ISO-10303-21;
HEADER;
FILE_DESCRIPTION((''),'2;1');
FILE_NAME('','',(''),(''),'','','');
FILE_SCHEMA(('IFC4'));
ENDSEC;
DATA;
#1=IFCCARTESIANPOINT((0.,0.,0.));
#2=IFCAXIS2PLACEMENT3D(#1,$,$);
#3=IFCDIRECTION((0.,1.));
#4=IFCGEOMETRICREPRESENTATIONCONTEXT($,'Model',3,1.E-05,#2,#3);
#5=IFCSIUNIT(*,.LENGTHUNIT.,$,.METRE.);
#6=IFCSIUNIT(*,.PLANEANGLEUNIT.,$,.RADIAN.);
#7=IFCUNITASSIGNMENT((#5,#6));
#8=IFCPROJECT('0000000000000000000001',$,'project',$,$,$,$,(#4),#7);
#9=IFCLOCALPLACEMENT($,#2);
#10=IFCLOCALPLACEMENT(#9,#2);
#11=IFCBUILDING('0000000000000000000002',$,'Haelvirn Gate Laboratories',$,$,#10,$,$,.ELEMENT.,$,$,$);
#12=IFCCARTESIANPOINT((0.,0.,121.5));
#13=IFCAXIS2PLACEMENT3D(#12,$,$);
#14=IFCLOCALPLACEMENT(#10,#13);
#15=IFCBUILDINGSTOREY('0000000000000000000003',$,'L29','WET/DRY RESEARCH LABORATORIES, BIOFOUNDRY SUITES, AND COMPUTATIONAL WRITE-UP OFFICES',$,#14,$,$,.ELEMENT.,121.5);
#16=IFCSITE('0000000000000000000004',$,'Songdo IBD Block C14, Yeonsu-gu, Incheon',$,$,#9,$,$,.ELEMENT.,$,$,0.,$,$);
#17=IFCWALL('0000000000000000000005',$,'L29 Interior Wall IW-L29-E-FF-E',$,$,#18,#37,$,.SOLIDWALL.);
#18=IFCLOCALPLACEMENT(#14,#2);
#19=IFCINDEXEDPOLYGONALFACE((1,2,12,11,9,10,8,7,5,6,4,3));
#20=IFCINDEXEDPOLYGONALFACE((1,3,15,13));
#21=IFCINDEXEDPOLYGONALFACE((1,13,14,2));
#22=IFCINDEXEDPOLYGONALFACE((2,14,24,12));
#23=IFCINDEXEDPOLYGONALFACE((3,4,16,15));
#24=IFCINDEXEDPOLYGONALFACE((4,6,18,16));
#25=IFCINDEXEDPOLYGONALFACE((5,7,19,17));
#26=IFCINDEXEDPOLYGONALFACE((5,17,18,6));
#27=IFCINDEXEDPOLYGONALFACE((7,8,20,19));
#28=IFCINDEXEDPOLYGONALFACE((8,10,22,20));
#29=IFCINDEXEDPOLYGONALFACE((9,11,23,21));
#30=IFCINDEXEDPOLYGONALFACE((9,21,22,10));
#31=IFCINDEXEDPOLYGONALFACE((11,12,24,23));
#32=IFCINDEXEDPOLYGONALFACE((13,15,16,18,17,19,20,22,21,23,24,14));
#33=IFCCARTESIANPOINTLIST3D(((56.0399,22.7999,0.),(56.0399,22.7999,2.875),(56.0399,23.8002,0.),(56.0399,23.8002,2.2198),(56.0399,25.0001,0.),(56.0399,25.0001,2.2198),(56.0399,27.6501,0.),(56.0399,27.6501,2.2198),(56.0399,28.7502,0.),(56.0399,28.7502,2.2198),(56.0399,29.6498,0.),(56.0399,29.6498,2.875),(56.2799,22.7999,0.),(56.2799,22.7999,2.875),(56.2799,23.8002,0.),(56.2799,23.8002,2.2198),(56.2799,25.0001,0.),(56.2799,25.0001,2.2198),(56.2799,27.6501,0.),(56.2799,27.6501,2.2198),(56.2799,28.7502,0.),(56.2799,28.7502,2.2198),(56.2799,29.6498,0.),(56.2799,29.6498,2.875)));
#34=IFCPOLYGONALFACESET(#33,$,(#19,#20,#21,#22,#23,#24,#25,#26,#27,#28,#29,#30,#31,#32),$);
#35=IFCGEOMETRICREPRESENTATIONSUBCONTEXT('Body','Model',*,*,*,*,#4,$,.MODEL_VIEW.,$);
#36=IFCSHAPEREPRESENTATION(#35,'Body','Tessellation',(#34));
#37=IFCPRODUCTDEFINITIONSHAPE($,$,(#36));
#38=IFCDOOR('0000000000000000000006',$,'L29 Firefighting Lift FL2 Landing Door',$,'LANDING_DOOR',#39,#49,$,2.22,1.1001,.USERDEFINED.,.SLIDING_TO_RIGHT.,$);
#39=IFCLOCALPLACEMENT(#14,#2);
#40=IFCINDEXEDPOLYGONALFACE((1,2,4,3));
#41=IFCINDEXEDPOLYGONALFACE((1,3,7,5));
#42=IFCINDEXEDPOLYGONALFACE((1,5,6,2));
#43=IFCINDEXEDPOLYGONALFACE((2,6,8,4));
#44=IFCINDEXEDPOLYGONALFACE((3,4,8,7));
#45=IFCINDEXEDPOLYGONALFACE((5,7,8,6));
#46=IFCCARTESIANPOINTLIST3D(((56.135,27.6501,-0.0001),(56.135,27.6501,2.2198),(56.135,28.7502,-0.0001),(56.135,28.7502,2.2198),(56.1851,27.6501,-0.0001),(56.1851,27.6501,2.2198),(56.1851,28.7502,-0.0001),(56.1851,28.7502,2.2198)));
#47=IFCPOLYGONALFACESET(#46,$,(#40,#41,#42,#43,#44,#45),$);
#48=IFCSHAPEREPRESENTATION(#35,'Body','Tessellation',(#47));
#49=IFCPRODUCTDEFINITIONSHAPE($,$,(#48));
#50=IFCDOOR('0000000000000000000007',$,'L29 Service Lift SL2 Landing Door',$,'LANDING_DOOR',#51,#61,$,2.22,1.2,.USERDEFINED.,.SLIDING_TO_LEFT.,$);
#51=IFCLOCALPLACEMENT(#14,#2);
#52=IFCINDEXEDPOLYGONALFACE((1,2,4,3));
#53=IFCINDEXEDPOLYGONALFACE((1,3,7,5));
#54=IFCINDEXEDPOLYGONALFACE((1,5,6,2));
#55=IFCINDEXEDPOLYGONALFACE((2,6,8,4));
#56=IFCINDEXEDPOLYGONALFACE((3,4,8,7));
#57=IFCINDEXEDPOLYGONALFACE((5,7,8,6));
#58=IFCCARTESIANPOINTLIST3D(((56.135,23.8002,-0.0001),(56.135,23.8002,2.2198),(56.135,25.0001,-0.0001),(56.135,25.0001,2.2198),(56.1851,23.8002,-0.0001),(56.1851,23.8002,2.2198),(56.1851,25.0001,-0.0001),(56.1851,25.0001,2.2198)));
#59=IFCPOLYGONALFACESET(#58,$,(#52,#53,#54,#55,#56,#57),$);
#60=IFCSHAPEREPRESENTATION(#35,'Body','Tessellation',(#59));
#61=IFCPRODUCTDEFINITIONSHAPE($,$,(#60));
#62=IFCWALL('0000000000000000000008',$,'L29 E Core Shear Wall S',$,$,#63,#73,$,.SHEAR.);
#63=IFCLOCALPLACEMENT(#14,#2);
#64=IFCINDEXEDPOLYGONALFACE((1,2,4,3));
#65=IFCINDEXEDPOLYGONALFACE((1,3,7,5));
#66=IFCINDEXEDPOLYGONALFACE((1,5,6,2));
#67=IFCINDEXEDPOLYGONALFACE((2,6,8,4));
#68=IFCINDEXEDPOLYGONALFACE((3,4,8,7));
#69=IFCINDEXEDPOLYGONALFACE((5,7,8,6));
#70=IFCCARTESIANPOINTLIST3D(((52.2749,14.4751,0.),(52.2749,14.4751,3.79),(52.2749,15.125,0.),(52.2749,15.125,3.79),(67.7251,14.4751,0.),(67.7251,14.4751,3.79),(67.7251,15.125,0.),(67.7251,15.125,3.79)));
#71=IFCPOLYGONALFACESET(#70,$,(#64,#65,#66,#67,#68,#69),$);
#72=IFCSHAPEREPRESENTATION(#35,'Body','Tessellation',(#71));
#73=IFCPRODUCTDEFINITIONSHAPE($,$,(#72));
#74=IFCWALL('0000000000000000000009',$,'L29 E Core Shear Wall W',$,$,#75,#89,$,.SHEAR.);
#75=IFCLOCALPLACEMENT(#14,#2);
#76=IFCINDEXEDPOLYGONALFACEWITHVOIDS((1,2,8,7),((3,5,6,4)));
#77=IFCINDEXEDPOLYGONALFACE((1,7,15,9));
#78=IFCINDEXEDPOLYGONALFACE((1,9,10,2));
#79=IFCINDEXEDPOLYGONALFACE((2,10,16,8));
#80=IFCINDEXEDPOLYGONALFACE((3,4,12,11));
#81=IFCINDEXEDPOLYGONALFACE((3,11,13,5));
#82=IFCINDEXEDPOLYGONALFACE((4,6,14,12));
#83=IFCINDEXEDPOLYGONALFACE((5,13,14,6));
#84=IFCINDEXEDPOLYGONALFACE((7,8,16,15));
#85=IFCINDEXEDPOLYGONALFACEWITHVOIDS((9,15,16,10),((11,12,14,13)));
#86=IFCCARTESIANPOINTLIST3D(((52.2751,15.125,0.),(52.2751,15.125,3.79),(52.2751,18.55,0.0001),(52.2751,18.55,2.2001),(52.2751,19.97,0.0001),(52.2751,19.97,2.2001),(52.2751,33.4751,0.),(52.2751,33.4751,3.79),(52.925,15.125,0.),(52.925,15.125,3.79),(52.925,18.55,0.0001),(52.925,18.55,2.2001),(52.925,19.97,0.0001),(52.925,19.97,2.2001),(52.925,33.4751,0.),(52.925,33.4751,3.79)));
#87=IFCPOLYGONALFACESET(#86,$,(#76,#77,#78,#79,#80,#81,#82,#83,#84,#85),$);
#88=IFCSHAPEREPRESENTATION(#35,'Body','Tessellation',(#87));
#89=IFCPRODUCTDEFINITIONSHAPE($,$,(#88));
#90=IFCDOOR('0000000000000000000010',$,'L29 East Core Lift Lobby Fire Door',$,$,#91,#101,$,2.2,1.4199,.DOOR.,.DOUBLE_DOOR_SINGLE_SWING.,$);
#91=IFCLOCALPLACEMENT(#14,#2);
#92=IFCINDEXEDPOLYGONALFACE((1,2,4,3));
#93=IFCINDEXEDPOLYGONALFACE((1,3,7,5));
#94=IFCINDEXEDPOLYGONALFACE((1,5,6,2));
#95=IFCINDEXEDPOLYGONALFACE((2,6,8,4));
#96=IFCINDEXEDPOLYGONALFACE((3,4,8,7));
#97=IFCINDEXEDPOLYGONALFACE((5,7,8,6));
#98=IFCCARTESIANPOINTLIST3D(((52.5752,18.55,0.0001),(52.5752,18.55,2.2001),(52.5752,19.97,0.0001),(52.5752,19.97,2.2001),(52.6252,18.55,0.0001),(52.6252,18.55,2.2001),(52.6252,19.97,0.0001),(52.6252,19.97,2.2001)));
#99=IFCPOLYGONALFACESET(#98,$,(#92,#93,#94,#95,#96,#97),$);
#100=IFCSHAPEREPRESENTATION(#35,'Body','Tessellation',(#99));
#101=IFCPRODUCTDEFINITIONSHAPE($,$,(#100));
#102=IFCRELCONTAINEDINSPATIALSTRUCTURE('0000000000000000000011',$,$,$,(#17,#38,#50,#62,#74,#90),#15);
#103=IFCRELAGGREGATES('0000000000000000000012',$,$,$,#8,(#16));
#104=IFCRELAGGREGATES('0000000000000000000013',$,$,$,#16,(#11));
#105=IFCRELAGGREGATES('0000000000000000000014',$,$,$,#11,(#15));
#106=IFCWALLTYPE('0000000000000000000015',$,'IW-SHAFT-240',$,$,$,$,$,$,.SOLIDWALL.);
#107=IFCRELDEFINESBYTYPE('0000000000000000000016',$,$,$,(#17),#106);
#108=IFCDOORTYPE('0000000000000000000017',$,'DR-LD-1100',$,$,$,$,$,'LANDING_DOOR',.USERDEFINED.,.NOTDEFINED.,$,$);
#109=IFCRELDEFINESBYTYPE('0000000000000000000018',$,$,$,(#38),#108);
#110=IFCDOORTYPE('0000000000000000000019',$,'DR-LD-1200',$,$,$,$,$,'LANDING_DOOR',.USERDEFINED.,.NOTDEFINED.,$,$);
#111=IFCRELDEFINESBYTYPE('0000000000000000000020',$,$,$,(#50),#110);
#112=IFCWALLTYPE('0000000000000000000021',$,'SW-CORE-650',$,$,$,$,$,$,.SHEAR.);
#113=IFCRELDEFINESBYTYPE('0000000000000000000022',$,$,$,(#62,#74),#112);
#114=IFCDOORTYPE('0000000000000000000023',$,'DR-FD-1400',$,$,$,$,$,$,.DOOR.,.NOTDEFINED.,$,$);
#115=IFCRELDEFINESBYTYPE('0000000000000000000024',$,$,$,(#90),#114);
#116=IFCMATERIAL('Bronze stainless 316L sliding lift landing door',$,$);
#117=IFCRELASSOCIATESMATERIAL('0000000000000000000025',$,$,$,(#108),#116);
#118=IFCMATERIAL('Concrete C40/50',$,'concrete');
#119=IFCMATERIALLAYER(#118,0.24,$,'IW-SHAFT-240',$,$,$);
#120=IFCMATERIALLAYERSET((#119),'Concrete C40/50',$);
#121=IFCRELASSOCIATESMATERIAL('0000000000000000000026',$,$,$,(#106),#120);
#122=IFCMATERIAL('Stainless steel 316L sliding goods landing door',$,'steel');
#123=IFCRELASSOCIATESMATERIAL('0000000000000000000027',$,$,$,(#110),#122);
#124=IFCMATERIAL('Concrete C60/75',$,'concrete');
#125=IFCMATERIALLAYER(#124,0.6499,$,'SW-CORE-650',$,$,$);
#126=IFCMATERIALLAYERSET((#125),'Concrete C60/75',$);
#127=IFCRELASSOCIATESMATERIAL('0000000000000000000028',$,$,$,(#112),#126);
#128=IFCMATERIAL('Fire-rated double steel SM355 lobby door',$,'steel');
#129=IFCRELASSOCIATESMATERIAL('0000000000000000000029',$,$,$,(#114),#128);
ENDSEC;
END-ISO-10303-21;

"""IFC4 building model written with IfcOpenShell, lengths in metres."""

from ifc_helpers import new_model, si_unit, direction, frame, frame_2d, origin, place, context, subcontext, project, spatial, rectangle, extrude, source, transform, mapped, material, layer, layer_set, type_object, type_shapes, element, fill, save


model = new_model("IFC4")

# Units and contexts
model_context = context("Model", 3, precision=1e-05, world=origin(), true_north=direction((0.0, 1.0)))
body_context = subcontext(model_context, "Body", "Model", "MODEL_VIEW")
ifc_project = project(units=[si_unit("LENGTHUNIT", "METRE"), si_unit("PLANEANGLEUNIT", "RADIAN")], contexts=[model_context])

# Site, building, storey
site_placement = place(None, origin())
site = spatial("IfcSite", under=ifc_project, at=site_placement, Name="Songdo IBD Block C14, Yeonsu-gu, Incheon", CompositionType="ELEMENT", RefElevation=0.0)
building_placement = place(site_placement, origin())
building = spatial("IfcBuilding", under=site, at=building_placement, Name="Haelvirn Gate Laboratories", CompositionType="ELEMENT")
storey_placement = place(building_placement, frame((0.0, 0.0, 121.5)))
storey = spatial("IfcBuildingStorey", under=building, at=storey_placement, Name="L29", Description="WET/DRY RESEARCH LABORATORIES, BIOFOUNDRY SUITES, AND COMPUTATIONAL WRITE-UP OFFICES", CompositionType="ELEMENT", Elevation=121.5)

# Shared definitions
ifc_material_1 = material(Name="Concrete C60/75", Category="concrete")

# Shared definitions
ifc_material_2 = material(Name="Concrete C40/50", Category="concrete")

# Shared definitions
ifc_material_3 = material(Name="Bronze stainless 316L sliding lift landing door")
door_type_1 = type_object("IfcDoorType", Name="DR-LD-1100", ElementType="LANDING_DOOR", OperationType="NOTDEFINED", PredefinedType="USERDEFINED", material=ifc_material_3)
shared_shape_1 = source(origin(), body_context, "Body", "SweptSolid", [
    extrude(rectangle(XDim=1.1001, YDim=2.22, at=frame_2d((0.55, 1.1099))), frame((0.0, 0.0249, 0.0), z_axis=(0.0, -1.0, 0.0), x_axis=(1.0, 0.0, 0.0)), (0.0, 0.0, 1.0), 0.05),
])
type_shapes(door_type_1, [shared_shape_1])

# Wall, openings, doors
ifc_layer_1 = layer(ifc_material_2, 0.24, Name="IW-SHAFT-240")
ifc_layer_set_1 = layer_set([ifc_layer_1], Name="Concrete C40/50")
wall_type_1 = type_object("IfcWallType", Name="IW-SHAFT-240", PredefinedType="SOLIDWALL", material=ifc_layer_set_1)
wall_1_placement = place(storey_placement, frame((56.1599, 22.8, 0.0), z_axis=(0.0, 0.0, 1.0), x_axis=(0.0, 1.0, 0.0)))
wall_1 = element("IfcWall", 1, at=wall_1_placement, inside=storey, type_object=wall_type_1, Name="L29 Interior Wall IW-L29-E-FF-E", PredefinedType="SOLIDWALL", context=body_context, shape_type="SweptSolid", body=[
    extrude(rectangle(XDim=6.8499, YDim=0.24, at=frame_2d((3.4248, 0.0))), origin(), (0.0, 0.0, 1.0), 2.875),
])
opening_1_placement = place(wall_1_placement, frame((4.8501, 0.0, 0.0)))
opening_1 = element("IfcOpeningElement", 2, at=opening_1_placement, cuts=wall_1, PredefinedType="OPENING", context=body_context, shape_type="SweptSolid", body=[
    extrude(rectangle(XDim=1.1001, YDim=2.22, at=frame_2d((0.55, 1.1099))), frame((0.0, 0.1299, 0.0), z_axis=(0.0, -1.0, 0.0), x_axis=(1.0, 0.0, 0.0)), (0.0, 0.0, 1.0), 0.26),
])
opening_2_placement = place(wall_1_placement, frame((1.0, 0.0, 0.0)))
opening_2 = element("IfcOpeningElement", 3, at=opening_2_placement, cuts=wall_1, PredefinedType="OPENING", context=body_context, shape_type="SweptSolid", body=[
    extrude(rectangle(XDim=1.2, YDim=2.22, at=frame_2d((0.6001, 1.1099))), frame((0.0, 0.1299, 0.0), z_axis=(0.0, -1.0, 0.0), x_axis=(1.0, 0.0, 0.0)), (0.0, 0.0, 1.0), 0.26),
])
door_1_placement = place(opening_1_placement, origin())
door_1 = element("IfcDoor", 4, at=door_1_placement, inside=storey, type_object=door_type_1, Name="L29 Firefighting Lift FL2 Landing Door", ObjectType="LANDING_DOOR", OperationType="SLIDING_TO_RIGHT", OverallHeight=2.22, OverallWidth=1.1001, PredefinedType="USERDEFINED", context=body_context, shape_type="MappedRepresentation", body=[
    mapped(shared_shape_1, transform((0.0, 0.0, 0.0), scale=1.0)),
])
fill(opening_1, door_1)
ifc_material_4 = material(Name="Stainless steel 316L sliding goods landing door", Category="steel")
door_type_2 = type_object("IfcDoorType", Name="DR-LD-1200", ElementType="LANDING_DOOR", OperationType="NOTDEFINED", PredefinedType="USERDEFINED", material=ifc_material_4)
shared_shape_2 = source(origin(), body_context, "Body", "SweptSolid", [
    extrude(rectangle(XDim=1.2, YDim=2.22, at=frame_2d((0.6001, 1.1099))), frame((0.0, 0.0249, 0.0), z_axis=(0.0, -1.0, 0.0), x_axis=(1.0, 0.0, 0.0)), (0.0, 0.0, 1.0), 0.05),
])
type_shapes(door_type_2, [shared_shape_2])
door_2_placement = place(opening_2_placement, origin())
door_2 = element("IfcDoor", 5, at=door_2_placement, inside=storey, type_object=door_type_2, Name="L29 Service Lift SL2 Landing Door", ObjectType="LANDING_DOOR", OperationType="SLIDING_TO_LEFT", OverallHeight=2.22, OverallWidth=1.2, PredefinedType="USERDEFINED", context=body_context, shape_type="MappedRepresentation", body=[
    mapped(shared_shape_2, transform((0.0, 0.0, 0.0), scale=1.0)),
])
fill(opening_2, door_2)

# Wall
ifc_layer_2 = layer(ifc_material_1, 0.6499, Name="SW-CORE-650")
ifc_layer_set_2 = layer_set([ifc_layer_2], Name="Concrete C60/75")
wall_type_2 = type_object("IfcWallType", Name="SW-CORE-650", PredefinedType="SHEAR", material=ifc_layer_set_2)
wall_2_placement = place(storey_placement, frame((52.2749, 14.8, 0.0), z_axis=(0.0, 0.0, 1.0), x_axis=(1.0, 0.0, 0.0)))
element("IfcWall", 6, at=wall_2_placement, inside=storey, type_object=wall_type_2, Name="L29 E Core Shear Wall S", PredefinedType="SHEAR", context=body_context, shape_type="SweptSolid", body=[
    extrude(rectangle(XDim=15.4502, YDim=0.6499, at=frame_2d((7.7251, 0.0))), origin(), (0.0, 0.0, 1.0), 3.79),
])

# Wall, opening, door
wall_3_placement = place(storey_placement, frame((52.6001, 15.125, 0.0), z_axis=(0.0, 0.0, 1.0), x_axis=(0.0, 1.0, 0.0)))
wall_3 = element("IfcWall", 7, at=wall_3_placement, inside=storey, type_object=wall_type_2, Name="L29 E Core Shear Wall W", PredefinedType="SHEAR", context=body_context, shape_type="SweptSolid", body=[
    extrude(rectangle(XDim=18.3501, YDim=0.6499, at=frame_2d((9.175, 0.0))), origin(), (0.0, 0.0, 1.0), 3.79),
])
opening_3_placement = place(wall_3_placement, frame((3.425, 0.0, 0.0)))
opening_3 = element("IfcOpeningElement", 8, at=opening_3_placement, cuts=wall_3, PredefinedType="OPENING", context=body_context, shape_type="SweptSolid", body=[
    extrude(rectangle(XDim=1.4199, YDim=2.2, at=frame_2d((0.71, 1.1001))), frame((0.0, 0.335, 0.0), z_axis=(0.0, -1.0, 0.0), x_axis=(1.0, 0.0, 0.0)), (0.0, 0.0, 1.0), 0.6699),
])
ifc_material_5 = material(Name="Fire-rated double steel SM355 lobby door", Category="steel")
door_type_3 = type_object("IfcDoorType", Name="DR-FD-1400", OperationType="NOTDEFINED", PredefinedType="DOOR", material=ifc_material_5)
shared_shape_3 = source(origin(), body_context, "Body", "SweptSolid", [
    extrude(rectangle(XDim=1.4199, YDim=2.2, at=frame_2d((0.71, 1.1001))), frame((0.0, 0.0249, 0.0), z_axis=(0.0, -1.0, 0.0), x_axis=(1.0, 0.0, 0.0)), (0.0, 0.0, 1.0), 0.05),
])
type_shapes(door_type_3, [shared_shape_3])
door_3_placement = place(opening_3_placement, origin())
door_3 = element("IfcDoor", 9, at=door_3_placement, inside=storey, type_object=door_type_3, Name="L29 East Core Lift Lobby Fire Door", OperationType="DOUBLE_DOOR_SINGLE_SWING", OverallHeight=2.2, OverallWidth=1.4199, PredefinedType="DOOR", context=body_context, shape_type="MappedRepresentation", body=[
    mapped(shared_shape_3, transform((0.0, 0.0, 0.0), scale=1.0)),
])
fill(opening_3, door_3)

save(model, "model.ifc")
